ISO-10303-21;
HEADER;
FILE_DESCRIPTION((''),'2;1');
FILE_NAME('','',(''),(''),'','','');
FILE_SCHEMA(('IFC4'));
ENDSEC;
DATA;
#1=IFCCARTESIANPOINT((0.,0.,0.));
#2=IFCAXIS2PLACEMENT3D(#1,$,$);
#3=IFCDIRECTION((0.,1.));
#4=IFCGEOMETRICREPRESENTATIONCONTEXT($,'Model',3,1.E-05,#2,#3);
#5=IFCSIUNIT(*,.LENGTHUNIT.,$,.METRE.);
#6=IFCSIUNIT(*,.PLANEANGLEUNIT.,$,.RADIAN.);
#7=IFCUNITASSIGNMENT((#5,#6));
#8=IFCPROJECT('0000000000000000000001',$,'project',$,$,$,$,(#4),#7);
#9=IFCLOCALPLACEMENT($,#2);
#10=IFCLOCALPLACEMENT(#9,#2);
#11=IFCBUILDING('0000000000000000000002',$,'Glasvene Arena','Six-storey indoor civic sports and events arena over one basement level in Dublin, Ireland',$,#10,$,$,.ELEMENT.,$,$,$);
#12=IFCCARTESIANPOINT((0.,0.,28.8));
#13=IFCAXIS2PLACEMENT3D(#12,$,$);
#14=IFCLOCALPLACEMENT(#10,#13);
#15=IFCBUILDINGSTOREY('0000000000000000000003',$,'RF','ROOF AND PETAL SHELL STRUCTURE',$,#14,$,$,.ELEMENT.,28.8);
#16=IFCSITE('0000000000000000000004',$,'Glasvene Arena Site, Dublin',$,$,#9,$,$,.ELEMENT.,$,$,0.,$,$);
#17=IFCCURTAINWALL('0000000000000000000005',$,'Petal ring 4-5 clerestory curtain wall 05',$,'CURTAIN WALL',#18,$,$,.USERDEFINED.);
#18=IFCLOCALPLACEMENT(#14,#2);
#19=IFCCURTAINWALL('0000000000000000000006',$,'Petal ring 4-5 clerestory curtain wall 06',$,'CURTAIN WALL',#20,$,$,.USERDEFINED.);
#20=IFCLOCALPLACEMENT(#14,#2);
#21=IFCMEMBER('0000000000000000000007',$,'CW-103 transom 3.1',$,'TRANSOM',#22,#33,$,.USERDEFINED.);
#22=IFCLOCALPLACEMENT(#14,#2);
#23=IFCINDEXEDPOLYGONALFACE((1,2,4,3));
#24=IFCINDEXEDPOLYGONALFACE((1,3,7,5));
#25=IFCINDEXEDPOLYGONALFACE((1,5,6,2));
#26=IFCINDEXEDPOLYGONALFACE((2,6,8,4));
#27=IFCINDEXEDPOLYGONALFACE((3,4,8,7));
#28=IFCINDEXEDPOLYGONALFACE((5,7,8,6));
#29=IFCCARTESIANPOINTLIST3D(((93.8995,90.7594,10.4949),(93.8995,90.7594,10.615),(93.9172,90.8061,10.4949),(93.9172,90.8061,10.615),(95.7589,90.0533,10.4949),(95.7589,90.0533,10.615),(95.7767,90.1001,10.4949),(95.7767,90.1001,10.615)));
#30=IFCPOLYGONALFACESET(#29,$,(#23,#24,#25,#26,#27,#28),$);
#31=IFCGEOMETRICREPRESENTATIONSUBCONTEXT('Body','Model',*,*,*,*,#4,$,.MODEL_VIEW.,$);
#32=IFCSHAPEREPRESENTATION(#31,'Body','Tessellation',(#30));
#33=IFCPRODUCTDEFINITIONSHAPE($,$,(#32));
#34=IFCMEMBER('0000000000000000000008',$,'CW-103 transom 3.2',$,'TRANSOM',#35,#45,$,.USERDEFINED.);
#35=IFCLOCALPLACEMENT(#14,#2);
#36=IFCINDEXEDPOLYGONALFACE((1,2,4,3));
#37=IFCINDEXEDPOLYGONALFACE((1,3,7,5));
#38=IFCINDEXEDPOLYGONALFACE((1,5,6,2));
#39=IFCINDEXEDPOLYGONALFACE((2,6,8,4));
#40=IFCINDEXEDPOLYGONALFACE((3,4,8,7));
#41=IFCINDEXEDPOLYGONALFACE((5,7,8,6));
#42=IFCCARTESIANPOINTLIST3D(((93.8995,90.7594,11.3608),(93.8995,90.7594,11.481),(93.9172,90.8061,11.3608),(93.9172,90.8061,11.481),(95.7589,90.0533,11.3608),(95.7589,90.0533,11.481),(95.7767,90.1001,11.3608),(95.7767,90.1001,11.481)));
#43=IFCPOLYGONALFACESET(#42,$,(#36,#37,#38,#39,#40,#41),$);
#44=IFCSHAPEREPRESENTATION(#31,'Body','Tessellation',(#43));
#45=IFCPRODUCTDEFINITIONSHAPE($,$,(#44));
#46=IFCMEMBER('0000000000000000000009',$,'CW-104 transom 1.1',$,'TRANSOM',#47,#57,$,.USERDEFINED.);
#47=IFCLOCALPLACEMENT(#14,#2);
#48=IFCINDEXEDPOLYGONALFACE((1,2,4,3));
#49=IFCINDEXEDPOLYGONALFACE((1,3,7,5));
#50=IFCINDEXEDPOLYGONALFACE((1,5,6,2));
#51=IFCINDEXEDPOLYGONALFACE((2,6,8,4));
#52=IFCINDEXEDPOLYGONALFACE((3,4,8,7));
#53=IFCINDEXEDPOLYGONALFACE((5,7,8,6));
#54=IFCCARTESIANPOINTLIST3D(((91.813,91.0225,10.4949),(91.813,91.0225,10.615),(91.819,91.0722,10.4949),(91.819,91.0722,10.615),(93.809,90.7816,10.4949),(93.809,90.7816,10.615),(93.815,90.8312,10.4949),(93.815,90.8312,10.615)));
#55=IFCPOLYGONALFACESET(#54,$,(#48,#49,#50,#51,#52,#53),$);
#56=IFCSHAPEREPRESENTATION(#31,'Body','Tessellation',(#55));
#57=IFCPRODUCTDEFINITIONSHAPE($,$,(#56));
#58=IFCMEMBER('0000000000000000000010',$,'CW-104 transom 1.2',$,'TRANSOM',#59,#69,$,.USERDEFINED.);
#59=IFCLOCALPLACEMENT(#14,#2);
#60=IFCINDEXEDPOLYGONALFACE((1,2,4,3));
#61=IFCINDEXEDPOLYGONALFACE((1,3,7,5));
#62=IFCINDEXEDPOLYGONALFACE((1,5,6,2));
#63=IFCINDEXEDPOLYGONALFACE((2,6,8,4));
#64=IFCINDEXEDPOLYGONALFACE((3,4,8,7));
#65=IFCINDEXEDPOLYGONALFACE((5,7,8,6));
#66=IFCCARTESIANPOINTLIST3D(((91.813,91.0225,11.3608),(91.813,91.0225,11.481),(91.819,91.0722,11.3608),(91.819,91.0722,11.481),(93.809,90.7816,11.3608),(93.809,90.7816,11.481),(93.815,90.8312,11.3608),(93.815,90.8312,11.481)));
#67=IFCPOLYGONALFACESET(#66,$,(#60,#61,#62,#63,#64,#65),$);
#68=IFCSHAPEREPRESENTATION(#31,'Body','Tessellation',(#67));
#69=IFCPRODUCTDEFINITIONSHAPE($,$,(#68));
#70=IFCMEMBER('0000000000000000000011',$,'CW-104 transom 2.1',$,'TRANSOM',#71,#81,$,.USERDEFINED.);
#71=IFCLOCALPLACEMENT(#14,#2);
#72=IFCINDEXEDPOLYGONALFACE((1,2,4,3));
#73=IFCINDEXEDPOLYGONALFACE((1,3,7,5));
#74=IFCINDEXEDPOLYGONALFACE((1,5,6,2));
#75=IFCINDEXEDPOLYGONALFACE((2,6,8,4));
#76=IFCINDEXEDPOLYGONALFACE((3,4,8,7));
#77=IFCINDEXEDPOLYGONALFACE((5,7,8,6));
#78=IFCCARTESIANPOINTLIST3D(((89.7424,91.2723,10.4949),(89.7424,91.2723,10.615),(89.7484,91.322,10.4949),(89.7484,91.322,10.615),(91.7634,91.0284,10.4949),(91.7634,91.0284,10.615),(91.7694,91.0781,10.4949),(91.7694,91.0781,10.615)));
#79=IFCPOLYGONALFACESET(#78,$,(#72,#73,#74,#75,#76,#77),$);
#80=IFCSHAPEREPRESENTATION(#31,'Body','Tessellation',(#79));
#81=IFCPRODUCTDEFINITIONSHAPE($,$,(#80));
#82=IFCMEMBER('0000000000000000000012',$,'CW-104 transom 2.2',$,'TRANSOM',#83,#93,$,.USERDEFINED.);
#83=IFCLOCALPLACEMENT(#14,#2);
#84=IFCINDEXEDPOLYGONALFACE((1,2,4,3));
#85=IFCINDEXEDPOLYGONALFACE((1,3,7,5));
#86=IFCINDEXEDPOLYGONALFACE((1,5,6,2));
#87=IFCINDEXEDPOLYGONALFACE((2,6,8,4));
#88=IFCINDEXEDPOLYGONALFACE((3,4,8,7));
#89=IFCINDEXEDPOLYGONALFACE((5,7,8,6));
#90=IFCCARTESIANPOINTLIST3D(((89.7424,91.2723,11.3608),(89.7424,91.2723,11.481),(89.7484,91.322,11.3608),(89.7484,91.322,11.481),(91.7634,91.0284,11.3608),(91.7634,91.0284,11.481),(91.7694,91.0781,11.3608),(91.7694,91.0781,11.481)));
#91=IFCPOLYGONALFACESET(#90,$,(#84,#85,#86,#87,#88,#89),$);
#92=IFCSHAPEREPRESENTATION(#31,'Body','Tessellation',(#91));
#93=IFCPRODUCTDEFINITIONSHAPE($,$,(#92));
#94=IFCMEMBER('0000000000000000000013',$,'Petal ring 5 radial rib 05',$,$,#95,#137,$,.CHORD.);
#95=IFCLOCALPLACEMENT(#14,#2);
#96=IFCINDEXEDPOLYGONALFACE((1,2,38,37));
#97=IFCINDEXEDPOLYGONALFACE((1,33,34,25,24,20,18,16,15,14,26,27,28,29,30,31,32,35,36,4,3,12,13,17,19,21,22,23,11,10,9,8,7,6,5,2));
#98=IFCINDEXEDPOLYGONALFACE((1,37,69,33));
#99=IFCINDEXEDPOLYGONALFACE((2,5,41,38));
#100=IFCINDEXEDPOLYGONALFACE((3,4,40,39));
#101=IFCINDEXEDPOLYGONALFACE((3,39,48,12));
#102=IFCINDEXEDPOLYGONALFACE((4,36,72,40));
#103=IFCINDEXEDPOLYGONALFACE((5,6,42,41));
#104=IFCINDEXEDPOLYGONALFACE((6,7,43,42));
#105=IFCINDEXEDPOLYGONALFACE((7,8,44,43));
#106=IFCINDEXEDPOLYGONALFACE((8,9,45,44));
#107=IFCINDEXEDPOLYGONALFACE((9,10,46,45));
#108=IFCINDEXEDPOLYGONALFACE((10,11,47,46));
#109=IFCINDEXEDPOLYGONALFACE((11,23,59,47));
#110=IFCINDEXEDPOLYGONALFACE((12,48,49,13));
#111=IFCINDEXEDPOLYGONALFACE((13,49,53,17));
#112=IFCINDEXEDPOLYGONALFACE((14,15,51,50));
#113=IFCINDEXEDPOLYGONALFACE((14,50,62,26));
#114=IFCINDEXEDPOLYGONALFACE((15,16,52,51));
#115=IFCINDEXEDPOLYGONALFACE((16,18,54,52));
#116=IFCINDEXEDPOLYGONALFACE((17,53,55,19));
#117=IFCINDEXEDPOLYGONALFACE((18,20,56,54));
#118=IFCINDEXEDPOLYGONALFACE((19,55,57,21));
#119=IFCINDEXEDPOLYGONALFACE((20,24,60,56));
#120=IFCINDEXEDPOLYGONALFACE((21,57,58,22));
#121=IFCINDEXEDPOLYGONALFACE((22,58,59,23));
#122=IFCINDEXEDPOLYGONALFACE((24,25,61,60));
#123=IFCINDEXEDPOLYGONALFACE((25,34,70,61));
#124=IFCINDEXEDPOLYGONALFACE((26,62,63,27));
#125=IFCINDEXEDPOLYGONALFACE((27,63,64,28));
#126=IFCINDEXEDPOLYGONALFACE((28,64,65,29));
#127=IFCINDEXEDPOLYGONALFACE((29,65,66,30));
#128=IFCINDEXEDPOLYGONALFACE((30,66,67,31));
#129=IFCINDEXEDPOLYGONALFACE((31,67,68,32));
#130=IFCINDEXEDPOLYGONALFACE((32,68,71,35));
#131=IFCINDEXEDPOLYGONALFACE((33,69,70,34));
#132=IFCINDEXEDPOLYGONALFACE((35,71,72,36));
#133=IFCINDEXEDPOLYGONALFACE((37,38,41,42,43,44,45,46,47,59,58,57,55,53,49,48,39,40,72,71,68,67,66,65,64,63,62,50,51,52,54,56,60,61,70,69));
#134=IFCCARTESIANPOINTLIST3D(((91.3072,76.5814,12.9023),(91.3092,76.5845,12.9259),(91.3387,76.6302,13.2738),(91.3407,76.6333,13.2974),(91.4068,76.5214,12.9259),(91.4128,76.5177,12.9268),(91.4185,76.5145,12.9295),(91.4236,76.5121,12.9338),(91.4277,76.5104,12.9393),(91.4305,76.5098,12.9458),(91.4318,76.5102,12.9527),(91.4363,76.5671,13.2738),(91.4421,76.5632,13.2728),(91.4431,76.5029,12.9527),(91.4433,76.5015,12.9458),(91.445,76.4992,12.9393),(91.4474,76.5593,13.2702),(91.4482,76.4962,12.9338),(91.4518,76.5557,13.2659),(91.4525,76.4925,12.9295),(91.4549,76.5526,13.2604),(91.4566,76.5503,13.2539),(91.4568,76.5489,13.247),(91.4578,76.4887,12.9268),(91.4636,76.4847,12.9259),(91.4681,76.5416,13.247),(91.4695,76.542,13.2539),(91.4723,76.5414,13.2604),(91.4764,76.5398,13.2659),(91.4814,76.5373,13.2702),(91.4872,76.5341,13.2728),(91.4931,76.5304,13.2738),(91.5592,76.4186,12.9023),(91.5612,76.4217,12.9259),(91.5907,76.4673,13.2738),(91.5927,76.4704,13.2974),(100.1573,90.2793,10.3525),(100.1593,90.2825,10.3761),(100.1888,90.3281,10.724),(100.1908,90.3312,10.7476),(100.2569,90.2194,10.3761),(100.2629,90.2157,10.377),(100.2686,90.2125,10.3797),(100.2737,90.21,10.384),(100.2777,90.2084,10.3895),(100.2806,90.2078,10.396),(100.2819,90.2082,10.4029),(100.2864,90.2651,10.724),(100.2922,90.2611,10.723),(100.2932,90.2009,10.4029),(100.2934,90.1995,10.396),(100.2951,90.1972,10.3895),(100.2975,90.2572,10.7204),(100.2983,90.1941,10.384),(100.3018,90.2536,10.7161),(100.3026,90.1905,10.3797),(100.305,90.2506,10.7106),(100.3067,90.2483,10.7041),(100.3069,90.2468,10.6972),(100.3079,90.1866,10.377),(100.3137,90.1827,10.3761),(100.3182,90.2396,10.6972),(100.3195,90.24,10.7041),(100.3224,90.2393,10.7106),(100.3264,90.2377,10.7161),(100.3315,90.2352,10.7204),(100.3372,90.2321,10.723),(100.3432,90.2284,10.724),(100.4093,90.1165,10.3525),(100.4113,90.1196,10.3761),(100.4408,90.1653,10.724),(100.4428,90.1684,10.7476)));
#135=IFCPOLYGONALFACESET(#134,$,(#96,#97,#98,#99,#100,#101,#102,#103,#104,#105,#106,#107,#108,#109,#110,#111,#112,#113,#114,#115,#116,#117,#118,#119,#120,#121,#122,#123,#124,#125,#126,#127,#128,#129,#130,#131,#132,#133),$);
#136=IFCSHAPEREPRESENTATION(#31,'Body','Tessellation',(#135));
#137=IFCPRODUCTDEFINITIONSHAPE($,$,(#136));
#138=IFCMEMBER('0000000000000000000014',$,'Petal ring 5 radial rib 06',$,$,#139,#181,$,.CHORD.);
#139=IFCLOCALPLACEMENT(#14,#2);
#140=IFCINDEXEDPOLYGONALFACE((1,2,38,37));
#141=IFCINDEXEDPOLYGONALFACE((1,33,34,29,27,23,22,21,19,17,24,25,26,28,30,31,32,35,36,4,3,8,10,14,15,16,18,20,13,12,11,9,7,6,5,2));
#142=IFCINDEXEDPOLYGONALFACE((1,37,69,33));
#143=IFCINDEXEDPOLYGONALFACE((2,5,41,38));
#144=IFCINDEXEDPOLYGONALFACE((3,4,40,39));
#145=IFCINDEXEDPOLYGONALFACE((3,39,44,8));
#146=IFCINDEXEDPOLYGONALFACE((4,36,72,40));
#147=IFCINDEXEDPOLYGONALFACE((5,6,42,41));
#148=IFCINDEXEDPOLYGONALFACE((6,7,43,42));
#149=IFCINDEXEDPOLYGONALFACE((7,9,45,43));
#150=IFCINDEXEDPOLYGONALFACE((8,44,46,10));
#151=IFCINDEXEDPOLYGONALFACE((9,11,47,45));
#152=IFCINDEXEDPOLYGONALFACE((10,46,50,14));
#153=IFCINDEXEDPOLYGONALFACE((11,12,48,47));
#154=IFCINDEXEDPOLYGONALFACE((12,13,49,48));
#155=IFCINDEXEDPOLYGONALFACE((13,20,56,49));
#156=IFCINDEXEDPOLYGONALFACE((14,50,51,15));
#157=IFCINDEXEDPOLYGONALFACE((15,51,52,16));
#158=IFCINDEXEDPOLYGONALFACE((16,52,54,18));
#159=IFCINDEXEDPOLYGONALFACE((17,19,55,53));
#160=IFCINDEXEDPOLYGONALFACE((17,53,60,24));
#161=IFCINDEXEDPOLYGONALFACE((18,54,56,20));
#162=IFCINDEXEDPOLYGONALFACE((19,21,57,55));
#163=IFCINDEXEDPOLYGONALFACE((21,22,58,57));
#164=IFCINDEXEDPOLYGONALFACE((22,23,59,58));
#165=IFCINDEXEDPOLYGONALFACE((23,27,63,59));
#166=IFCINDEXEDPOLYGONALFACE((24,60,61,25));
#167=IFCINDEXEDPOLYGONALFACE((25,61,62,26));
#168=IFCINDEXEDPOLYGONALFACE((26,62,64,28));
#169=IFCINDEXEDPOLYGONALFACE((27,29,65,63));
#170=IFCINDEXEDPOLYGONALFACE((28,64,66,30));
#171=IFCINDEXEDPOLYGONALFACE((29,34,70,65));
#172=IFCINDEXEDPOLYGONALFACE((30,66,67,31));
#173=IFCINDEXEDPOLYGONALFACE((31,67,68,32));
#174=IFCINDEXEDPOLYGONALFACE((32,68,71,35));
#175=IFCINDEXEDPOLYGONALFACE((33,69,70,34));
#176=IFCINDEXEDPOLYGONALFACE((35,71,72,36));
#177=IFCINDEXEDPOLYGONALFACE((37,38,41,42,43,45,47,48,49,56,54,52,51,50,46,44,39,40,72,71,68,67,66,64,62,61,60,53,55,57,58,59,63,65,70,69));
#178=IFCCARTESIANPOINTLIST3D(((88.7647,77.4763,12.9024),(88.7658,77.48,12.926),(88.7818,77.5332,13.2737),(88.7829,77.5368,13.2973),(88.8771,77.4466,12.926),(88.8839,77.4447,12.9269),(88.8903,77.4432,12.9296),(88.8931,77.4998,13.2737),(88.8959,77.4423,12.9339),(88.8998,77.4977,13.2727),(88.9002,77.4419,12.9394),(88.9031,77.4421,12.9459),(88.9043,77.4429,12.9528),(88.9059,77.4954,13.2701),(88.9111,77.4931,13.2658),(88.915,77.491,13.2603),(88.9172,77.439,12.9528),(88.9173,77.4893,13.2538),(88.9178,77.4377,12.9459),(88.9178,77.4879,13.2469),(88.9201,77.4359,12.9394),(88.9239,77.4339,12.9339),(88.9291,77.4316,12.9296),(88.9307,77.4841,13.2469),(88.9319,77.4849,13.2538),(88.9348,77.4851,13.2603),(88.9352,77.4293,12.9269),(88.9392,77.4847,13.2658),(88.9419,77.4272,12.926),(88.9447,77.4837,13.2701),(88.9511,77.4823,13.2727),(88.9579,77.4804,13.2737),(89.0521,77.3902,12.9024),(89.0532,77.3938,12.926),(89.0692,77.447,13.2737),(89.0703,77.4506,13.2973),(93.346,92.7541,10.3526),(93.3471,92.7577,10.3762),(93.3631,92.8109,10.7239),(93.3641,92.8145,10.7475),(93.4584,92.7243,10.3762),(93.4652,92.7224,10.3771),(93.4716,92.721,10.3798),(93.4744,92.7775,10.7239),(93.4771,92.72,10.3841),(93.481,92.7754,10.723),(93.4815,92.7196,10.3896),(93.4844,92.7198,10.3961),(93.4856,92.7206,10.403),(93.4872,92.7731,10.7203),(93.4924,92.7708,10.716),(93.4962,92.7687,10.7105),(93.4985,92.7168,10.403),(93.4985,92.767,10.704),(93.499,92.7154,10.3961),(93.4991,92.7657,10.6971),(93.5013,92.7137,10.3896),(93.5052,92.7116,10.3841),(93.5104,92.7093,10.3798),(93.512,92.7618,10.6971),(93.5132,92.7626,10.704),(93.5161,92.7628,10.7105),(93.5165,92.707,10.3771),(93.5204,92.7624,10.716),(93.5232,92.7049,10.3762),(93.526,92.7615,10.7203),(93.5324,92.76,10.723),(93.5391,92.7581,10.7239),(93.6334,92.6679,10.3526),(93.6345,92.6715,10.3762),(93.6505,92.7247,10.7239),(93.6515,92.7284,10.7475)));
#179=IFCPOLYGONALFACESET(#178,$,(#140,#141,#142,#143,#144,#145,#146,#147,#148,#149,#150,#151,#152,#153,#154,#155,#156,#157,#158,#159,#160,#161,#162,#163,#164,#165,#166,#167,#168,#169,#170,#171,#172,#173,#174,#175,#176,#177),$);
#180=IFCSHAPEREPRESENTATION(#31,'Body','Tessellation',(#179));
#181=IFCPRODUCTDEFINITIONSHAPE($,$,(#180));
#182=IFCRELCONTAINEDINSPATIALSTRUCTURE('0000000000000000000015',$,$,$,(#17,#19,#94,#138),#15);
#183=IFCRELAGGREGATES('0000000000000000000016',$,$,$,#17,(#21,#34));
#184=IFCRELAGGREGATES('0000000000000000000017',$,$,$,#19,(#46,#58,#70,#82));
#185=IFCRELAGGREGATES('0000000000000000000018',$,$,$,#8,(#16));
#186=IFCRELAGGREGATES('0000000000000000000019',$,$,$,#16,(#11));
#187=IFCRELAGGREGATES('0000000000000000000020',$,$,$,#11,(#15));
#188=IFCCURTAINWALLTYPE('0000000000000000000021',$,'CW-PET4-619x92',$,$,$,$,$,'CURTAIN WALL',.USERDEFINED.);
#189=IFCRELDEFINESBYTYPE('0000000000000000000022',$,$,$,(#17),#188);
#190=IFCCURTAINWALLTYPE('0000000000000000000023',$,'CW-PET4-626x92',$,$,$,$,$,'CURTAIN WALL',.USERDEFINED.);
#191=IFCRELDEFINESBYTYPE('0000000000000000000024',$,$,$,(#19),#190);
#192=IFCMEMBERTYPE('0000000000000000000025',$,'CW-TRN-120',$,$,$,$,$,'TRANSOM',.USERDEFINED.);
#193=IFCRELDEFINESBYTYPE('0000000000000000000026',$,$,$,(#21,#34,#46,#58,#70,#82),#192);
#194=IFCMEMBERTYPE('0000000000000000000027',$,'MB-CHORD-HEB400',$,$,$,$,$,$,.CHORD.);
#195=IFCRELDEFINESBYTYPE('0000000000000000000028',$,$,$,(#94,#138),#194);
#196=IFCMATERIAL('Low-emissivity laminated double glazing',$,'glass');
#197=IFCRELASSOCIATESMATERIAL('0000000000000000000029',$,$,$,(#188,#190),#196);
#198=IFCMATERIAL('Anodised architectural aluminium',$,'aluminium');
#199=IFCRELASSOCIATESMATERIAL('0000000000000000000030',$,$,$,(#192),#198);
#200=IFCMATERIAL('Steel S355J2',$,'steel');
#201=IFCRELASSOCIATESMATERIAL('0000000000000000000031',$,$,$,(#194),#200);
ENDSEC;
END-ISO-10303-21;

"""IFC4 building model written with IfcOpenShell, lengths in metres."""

from ifc_helpers import new_model, si_unit, direction, frame, origin, origin_2d, place, context, subcontext, project, spatial, rectangle, i_section, extrude, material, material_profile, profile_set, type_object, element, aggregate, save


model = new_model("IFC4")

# Units and contexts
model_context = context("Model", 3, precision=1e-05, world=origin(), true_north=direction((0.0, 1.0)))
body_context = subcontext(model_context, "Body", "Model", "MODEL_VIEW")
ifc_project = project(units=[si_unit("LENGTHUNIT", "METRE"), si_unit("PLANEANGLEUNIT", "RADIAN")], contexts=[model_context])

# Site, building, storey
site_placement = place(None, origin())
site = spatial("IfcSite", under=ifc_project, at=site_placement, Name="Glasvene Arena Site, Dublin", CompositionType="ELEMENT", RefElevation=0.0)
building_placement = place(site_placement, origin())
building = spatial("IfcBuilding", under=site, at=building_placement, Name="Glasvene Arena", Description="Six-storey indoor civic sports and events arena over one basement level in Dublin, Ireland", CompositionType="ELEMENT")
storey_placement = place(building_placement, frame((0.0, 0.0, 28.8)))
storey = spatial("IfcBuildingStorey", under=building, at=storey_placement, Name="RF", Description="ROOF AND PETAL SHELL STRUCTURE", CompositionType="ELEMENT", Elevation=28.8)

# Curtain walls
ifc_material_1 = material(Name="Low-emissivity laminated double glazing", Category="glass")
ifc_material_2 = material(Name="Anodised architectural aluminium", Category="aluminium")
curtain_wall_type_1 = type_object("IfcCurtainWallType", Name="CW-PET4-619x92", ElementType="CURTAIN WALL", PredefinedType="USERDEFINED", material=ifc_material_1)
curtain_wall_1_placement = place(storey_placement, frame((99.6499, 88.6025, 0.0)))
curtain_wall_1 = element("IfcCurtainWall", 1, at=curtain_wall_1_placement, inside=storey, type_object=curtain_wall_type_1, Name="Petal ring 4-5 clerestory curtain wall 05", ObjectType="CURTAIN WALL", PredefinedType="USERDEFINED")
curtain_wall_type_2 = type_object("IfcCurtainWallType", Name="CW-PET4-626x92", ElementType="CURTAIN WALL", PredefinedType="USERDEFINED", material=ifc_material_1)
curtain_wall_2_placement = place(storey_placement, frame((93.8618, 90.8003, 0.0)))
curtain_wall_2 = element("IfcCurtainWall", 2, at=curtain_wall_2_placement, inside=storey, type_object=curtain_wall_type_2, Name="Petal ring 4-5 clerestory curtain wall 06", ObjectType="CURTAIN WALL", PredefinedType="USERDEFINED")

# Members
ifc_material_profile_1 = material_profile(ifc_material_2, rectangle(XDim=0.05, YDim=0.1201, at=origin_2d()), Name="ALU TRANSOM 50x120")
ifc_profile_set_1 = profile_set([ifc_material_profile_1], Name="Anodised architectural aluminium")
member_type_1 = type_object("IfcMemberType", Name="CW-TRN-120", ElementType="TRANSOM", PredefinedType="USERDEFINED", material=ifc_profile_set_1)
member_1_placement = place(storey_placement, frame((95.7678, 90.0767, 10.5549), z_axis=(-0.934868, 0.354995, 0.0), x_axis=(-0.354995, -0.934868, 0.0)))
member_1 = element("IfcMember", 3, at=member_1_placement, type_object=member_type_1, Name="CW-103 transom 3.1", ObjectType="TRANSOM", PredefinedType="USERDEFINED", context=body_context, shape_type="SweptSolid", body=[
    extrude(rectangle(XDim=0.05, YDim=0.1201, at=origin_2d()), origin(), (0.0, 0.0, 1.0), 1.989),
])
member_2_placement = place(storey_placement, frame((95.7678, 90.0767, 11.4209), z_axis=(-0.934868, 0.354995, 0.0), x_axis=(-0.354995, -0.934868, 0.0)))
member_2 = element("IfcMember", 4, at=member_2_placement, type_object=member_type_1, Name="CW-103 transom 3.2", ObjectType="TRANSOM", PredefinedType="USERDEFINED", context=body_context, shape_type="SweptSolid", body=[
    extrude(rectangle(XDim=0.05, YDim=0.1201, at=origin_2d()), origin(), (0.0, 0.0, 1.0), 1.989),
])
member_3_placement = place(storey_placement, frame((93.812, 90.8064, 10.5549), z_axis=(-0.992792, 0.119849, 0.0), x_axis=(-0.119849, -0.992792, 0.0)))
member_3 = element("IfcMember", 5, at=member_3_placement, type_object=member_type_1, Name="CW-104 transom 1.1", ObjectType="TRANSOM", PredefinedType="USERDEFINED", context=body_context, shape_type="SweptSolid", body=[
    extrude(rectangle(XDim=0.05, YDim=0.1201, at=origin_2d()), origin(), (0.0, 0.0, 1.0), 2.0105),
])
member_4_placement = place(storey_placement, frame((93.812, 90.8064, 11.4209), z_axis=(-0.992792, 0.119849, 0.0), x_axis=(-0.119849, -0.992792, 0.0)))
member_4 = element("IfcMember", 6, at=member_4_placement, type_object=member_type_1, Name="CW-104 transom 1.2", ObjectType="TRANSOM", PredefinedType="USERDEFINED", context=body_context, shape_type="SweptSolid", body=[
    extrude(rectangle(XDim=0.05, YDim=0.1201, at=origin_2d()), origin(), (0.0, 0.0, 1.0), 2.0105),
])
member_5_placement = place(storey_placement, frame((91.7664, 91.0532, 10.5549), z_axis=(-0.992797, 0.119812, 0.0), x_axis=(-0.119812, -0.992797, 0.0)))
member_5 = element("IfcMember", 7, at=member_5_placement, type_object=member_type_1, Name="CW-104 transom 2.1", ObjectType="TRANSOM", PredefinedType="USERDEFINED", context=body_context, shape_type="SweptSolid", body=[
    extrude(rectangle(XDim=0.05, YDim=0.1201, at=origin_2d()), origin(), (0.0, 0.0, 1.0), 2.0356),
])
member_6_placement = place(storey_placement, frame((91.7664, 91.0532, 11.4209), z_axis=(-0.992797, 0.119812, 0.0), x_axis=(-0.119812, -0.992797, 0.0)))
member_6 = element("IfcMember", 8, at=member_6_placement, type_object=member_type_1, Name="CW-104 transom 2.2", ObjectType="TRANSOM", PredefinedType="USERDEFINED", context=body_context, shape_type="SweptSolid", body=[
    extrude(rectangle(XDim=0.05, YDim=0.1201, at=origin_2d()), origin(), (0.0, 0.0, 1.0), 2.0356),
])

# Members
ifc_material_3 = material(Name="Steel S355J2", Category="steel")
ifc_material_profile_2 = material_profile(ifc_material_3, i_section(OverallWidth=0.3, OverallDepth=0.3999, WebThickness=0.0134, FlangeThickness=0.0239, FilletRadius=0.0271, at=origin_2d()), Name="HEB 400")
ifc_profile_set_2 = profile_set([ifc_material_profile_2], Name="Steel S355J2")
member_type_2 = type_object("IfcMemberType", Name="MB-CHORD-HEB400", PredefinedType="CHORD", material=ifc_profile_set_2)
member_7_placement = place(storey_placement, frame((100.3, 90.2239, 10.55), z_axis=(-0.536162, -0.82986, 0.154474), x_axis=(0.839942, -0.542676, 0.0)))
element("IfcMember", 9, at=member_7_placement, inside=storey, type_object=member_type_2, Name="Petal ring 5 radial rib 05", PredefinedType="CHORD", context=body_context, shape_type="SweptSolid", body=[
    extrude(i_section(OverallWidth=0.3, OverallDepth=0.3999, WebThickness=0.0134, FlangeThickness=0.0239, FilletRadius=0.0271, at=origin_2d()), origin(), (0.0, 0.0, 1.0), 16.5063),
])
member_8_placement = place(storey_placement, frame((93.4988, 92.7412, 10.55), z_axis=(-0.283629, -0.945852, 0.157859), x_axis=(0.957862, -0.28723, 0.0)))
element("IfcMember", 10, at=member_8_placement, inside=storey, type_object=member_type_2, Name="Petal ring 5 radial rib 06", PredefinedType="CHORD", context=body_context, shape_type="SweptSolid", body=[
    extrude(i_section(OverallWidth=0.3, OverallDepth=0.3999, WebThickness=0.0134, FlangeThickness=0.0239, FilletRadius=0.0271, at=origin_2d()), origin(), (0.0, 0.0, 1.0), 16.1523),
])

aggregate(curtain_wall_1, [member_1, member_2])
aggregate(curtain_wall_2, [member_3, member_4, member_5, member_6])

save(model, "model.ifc")
